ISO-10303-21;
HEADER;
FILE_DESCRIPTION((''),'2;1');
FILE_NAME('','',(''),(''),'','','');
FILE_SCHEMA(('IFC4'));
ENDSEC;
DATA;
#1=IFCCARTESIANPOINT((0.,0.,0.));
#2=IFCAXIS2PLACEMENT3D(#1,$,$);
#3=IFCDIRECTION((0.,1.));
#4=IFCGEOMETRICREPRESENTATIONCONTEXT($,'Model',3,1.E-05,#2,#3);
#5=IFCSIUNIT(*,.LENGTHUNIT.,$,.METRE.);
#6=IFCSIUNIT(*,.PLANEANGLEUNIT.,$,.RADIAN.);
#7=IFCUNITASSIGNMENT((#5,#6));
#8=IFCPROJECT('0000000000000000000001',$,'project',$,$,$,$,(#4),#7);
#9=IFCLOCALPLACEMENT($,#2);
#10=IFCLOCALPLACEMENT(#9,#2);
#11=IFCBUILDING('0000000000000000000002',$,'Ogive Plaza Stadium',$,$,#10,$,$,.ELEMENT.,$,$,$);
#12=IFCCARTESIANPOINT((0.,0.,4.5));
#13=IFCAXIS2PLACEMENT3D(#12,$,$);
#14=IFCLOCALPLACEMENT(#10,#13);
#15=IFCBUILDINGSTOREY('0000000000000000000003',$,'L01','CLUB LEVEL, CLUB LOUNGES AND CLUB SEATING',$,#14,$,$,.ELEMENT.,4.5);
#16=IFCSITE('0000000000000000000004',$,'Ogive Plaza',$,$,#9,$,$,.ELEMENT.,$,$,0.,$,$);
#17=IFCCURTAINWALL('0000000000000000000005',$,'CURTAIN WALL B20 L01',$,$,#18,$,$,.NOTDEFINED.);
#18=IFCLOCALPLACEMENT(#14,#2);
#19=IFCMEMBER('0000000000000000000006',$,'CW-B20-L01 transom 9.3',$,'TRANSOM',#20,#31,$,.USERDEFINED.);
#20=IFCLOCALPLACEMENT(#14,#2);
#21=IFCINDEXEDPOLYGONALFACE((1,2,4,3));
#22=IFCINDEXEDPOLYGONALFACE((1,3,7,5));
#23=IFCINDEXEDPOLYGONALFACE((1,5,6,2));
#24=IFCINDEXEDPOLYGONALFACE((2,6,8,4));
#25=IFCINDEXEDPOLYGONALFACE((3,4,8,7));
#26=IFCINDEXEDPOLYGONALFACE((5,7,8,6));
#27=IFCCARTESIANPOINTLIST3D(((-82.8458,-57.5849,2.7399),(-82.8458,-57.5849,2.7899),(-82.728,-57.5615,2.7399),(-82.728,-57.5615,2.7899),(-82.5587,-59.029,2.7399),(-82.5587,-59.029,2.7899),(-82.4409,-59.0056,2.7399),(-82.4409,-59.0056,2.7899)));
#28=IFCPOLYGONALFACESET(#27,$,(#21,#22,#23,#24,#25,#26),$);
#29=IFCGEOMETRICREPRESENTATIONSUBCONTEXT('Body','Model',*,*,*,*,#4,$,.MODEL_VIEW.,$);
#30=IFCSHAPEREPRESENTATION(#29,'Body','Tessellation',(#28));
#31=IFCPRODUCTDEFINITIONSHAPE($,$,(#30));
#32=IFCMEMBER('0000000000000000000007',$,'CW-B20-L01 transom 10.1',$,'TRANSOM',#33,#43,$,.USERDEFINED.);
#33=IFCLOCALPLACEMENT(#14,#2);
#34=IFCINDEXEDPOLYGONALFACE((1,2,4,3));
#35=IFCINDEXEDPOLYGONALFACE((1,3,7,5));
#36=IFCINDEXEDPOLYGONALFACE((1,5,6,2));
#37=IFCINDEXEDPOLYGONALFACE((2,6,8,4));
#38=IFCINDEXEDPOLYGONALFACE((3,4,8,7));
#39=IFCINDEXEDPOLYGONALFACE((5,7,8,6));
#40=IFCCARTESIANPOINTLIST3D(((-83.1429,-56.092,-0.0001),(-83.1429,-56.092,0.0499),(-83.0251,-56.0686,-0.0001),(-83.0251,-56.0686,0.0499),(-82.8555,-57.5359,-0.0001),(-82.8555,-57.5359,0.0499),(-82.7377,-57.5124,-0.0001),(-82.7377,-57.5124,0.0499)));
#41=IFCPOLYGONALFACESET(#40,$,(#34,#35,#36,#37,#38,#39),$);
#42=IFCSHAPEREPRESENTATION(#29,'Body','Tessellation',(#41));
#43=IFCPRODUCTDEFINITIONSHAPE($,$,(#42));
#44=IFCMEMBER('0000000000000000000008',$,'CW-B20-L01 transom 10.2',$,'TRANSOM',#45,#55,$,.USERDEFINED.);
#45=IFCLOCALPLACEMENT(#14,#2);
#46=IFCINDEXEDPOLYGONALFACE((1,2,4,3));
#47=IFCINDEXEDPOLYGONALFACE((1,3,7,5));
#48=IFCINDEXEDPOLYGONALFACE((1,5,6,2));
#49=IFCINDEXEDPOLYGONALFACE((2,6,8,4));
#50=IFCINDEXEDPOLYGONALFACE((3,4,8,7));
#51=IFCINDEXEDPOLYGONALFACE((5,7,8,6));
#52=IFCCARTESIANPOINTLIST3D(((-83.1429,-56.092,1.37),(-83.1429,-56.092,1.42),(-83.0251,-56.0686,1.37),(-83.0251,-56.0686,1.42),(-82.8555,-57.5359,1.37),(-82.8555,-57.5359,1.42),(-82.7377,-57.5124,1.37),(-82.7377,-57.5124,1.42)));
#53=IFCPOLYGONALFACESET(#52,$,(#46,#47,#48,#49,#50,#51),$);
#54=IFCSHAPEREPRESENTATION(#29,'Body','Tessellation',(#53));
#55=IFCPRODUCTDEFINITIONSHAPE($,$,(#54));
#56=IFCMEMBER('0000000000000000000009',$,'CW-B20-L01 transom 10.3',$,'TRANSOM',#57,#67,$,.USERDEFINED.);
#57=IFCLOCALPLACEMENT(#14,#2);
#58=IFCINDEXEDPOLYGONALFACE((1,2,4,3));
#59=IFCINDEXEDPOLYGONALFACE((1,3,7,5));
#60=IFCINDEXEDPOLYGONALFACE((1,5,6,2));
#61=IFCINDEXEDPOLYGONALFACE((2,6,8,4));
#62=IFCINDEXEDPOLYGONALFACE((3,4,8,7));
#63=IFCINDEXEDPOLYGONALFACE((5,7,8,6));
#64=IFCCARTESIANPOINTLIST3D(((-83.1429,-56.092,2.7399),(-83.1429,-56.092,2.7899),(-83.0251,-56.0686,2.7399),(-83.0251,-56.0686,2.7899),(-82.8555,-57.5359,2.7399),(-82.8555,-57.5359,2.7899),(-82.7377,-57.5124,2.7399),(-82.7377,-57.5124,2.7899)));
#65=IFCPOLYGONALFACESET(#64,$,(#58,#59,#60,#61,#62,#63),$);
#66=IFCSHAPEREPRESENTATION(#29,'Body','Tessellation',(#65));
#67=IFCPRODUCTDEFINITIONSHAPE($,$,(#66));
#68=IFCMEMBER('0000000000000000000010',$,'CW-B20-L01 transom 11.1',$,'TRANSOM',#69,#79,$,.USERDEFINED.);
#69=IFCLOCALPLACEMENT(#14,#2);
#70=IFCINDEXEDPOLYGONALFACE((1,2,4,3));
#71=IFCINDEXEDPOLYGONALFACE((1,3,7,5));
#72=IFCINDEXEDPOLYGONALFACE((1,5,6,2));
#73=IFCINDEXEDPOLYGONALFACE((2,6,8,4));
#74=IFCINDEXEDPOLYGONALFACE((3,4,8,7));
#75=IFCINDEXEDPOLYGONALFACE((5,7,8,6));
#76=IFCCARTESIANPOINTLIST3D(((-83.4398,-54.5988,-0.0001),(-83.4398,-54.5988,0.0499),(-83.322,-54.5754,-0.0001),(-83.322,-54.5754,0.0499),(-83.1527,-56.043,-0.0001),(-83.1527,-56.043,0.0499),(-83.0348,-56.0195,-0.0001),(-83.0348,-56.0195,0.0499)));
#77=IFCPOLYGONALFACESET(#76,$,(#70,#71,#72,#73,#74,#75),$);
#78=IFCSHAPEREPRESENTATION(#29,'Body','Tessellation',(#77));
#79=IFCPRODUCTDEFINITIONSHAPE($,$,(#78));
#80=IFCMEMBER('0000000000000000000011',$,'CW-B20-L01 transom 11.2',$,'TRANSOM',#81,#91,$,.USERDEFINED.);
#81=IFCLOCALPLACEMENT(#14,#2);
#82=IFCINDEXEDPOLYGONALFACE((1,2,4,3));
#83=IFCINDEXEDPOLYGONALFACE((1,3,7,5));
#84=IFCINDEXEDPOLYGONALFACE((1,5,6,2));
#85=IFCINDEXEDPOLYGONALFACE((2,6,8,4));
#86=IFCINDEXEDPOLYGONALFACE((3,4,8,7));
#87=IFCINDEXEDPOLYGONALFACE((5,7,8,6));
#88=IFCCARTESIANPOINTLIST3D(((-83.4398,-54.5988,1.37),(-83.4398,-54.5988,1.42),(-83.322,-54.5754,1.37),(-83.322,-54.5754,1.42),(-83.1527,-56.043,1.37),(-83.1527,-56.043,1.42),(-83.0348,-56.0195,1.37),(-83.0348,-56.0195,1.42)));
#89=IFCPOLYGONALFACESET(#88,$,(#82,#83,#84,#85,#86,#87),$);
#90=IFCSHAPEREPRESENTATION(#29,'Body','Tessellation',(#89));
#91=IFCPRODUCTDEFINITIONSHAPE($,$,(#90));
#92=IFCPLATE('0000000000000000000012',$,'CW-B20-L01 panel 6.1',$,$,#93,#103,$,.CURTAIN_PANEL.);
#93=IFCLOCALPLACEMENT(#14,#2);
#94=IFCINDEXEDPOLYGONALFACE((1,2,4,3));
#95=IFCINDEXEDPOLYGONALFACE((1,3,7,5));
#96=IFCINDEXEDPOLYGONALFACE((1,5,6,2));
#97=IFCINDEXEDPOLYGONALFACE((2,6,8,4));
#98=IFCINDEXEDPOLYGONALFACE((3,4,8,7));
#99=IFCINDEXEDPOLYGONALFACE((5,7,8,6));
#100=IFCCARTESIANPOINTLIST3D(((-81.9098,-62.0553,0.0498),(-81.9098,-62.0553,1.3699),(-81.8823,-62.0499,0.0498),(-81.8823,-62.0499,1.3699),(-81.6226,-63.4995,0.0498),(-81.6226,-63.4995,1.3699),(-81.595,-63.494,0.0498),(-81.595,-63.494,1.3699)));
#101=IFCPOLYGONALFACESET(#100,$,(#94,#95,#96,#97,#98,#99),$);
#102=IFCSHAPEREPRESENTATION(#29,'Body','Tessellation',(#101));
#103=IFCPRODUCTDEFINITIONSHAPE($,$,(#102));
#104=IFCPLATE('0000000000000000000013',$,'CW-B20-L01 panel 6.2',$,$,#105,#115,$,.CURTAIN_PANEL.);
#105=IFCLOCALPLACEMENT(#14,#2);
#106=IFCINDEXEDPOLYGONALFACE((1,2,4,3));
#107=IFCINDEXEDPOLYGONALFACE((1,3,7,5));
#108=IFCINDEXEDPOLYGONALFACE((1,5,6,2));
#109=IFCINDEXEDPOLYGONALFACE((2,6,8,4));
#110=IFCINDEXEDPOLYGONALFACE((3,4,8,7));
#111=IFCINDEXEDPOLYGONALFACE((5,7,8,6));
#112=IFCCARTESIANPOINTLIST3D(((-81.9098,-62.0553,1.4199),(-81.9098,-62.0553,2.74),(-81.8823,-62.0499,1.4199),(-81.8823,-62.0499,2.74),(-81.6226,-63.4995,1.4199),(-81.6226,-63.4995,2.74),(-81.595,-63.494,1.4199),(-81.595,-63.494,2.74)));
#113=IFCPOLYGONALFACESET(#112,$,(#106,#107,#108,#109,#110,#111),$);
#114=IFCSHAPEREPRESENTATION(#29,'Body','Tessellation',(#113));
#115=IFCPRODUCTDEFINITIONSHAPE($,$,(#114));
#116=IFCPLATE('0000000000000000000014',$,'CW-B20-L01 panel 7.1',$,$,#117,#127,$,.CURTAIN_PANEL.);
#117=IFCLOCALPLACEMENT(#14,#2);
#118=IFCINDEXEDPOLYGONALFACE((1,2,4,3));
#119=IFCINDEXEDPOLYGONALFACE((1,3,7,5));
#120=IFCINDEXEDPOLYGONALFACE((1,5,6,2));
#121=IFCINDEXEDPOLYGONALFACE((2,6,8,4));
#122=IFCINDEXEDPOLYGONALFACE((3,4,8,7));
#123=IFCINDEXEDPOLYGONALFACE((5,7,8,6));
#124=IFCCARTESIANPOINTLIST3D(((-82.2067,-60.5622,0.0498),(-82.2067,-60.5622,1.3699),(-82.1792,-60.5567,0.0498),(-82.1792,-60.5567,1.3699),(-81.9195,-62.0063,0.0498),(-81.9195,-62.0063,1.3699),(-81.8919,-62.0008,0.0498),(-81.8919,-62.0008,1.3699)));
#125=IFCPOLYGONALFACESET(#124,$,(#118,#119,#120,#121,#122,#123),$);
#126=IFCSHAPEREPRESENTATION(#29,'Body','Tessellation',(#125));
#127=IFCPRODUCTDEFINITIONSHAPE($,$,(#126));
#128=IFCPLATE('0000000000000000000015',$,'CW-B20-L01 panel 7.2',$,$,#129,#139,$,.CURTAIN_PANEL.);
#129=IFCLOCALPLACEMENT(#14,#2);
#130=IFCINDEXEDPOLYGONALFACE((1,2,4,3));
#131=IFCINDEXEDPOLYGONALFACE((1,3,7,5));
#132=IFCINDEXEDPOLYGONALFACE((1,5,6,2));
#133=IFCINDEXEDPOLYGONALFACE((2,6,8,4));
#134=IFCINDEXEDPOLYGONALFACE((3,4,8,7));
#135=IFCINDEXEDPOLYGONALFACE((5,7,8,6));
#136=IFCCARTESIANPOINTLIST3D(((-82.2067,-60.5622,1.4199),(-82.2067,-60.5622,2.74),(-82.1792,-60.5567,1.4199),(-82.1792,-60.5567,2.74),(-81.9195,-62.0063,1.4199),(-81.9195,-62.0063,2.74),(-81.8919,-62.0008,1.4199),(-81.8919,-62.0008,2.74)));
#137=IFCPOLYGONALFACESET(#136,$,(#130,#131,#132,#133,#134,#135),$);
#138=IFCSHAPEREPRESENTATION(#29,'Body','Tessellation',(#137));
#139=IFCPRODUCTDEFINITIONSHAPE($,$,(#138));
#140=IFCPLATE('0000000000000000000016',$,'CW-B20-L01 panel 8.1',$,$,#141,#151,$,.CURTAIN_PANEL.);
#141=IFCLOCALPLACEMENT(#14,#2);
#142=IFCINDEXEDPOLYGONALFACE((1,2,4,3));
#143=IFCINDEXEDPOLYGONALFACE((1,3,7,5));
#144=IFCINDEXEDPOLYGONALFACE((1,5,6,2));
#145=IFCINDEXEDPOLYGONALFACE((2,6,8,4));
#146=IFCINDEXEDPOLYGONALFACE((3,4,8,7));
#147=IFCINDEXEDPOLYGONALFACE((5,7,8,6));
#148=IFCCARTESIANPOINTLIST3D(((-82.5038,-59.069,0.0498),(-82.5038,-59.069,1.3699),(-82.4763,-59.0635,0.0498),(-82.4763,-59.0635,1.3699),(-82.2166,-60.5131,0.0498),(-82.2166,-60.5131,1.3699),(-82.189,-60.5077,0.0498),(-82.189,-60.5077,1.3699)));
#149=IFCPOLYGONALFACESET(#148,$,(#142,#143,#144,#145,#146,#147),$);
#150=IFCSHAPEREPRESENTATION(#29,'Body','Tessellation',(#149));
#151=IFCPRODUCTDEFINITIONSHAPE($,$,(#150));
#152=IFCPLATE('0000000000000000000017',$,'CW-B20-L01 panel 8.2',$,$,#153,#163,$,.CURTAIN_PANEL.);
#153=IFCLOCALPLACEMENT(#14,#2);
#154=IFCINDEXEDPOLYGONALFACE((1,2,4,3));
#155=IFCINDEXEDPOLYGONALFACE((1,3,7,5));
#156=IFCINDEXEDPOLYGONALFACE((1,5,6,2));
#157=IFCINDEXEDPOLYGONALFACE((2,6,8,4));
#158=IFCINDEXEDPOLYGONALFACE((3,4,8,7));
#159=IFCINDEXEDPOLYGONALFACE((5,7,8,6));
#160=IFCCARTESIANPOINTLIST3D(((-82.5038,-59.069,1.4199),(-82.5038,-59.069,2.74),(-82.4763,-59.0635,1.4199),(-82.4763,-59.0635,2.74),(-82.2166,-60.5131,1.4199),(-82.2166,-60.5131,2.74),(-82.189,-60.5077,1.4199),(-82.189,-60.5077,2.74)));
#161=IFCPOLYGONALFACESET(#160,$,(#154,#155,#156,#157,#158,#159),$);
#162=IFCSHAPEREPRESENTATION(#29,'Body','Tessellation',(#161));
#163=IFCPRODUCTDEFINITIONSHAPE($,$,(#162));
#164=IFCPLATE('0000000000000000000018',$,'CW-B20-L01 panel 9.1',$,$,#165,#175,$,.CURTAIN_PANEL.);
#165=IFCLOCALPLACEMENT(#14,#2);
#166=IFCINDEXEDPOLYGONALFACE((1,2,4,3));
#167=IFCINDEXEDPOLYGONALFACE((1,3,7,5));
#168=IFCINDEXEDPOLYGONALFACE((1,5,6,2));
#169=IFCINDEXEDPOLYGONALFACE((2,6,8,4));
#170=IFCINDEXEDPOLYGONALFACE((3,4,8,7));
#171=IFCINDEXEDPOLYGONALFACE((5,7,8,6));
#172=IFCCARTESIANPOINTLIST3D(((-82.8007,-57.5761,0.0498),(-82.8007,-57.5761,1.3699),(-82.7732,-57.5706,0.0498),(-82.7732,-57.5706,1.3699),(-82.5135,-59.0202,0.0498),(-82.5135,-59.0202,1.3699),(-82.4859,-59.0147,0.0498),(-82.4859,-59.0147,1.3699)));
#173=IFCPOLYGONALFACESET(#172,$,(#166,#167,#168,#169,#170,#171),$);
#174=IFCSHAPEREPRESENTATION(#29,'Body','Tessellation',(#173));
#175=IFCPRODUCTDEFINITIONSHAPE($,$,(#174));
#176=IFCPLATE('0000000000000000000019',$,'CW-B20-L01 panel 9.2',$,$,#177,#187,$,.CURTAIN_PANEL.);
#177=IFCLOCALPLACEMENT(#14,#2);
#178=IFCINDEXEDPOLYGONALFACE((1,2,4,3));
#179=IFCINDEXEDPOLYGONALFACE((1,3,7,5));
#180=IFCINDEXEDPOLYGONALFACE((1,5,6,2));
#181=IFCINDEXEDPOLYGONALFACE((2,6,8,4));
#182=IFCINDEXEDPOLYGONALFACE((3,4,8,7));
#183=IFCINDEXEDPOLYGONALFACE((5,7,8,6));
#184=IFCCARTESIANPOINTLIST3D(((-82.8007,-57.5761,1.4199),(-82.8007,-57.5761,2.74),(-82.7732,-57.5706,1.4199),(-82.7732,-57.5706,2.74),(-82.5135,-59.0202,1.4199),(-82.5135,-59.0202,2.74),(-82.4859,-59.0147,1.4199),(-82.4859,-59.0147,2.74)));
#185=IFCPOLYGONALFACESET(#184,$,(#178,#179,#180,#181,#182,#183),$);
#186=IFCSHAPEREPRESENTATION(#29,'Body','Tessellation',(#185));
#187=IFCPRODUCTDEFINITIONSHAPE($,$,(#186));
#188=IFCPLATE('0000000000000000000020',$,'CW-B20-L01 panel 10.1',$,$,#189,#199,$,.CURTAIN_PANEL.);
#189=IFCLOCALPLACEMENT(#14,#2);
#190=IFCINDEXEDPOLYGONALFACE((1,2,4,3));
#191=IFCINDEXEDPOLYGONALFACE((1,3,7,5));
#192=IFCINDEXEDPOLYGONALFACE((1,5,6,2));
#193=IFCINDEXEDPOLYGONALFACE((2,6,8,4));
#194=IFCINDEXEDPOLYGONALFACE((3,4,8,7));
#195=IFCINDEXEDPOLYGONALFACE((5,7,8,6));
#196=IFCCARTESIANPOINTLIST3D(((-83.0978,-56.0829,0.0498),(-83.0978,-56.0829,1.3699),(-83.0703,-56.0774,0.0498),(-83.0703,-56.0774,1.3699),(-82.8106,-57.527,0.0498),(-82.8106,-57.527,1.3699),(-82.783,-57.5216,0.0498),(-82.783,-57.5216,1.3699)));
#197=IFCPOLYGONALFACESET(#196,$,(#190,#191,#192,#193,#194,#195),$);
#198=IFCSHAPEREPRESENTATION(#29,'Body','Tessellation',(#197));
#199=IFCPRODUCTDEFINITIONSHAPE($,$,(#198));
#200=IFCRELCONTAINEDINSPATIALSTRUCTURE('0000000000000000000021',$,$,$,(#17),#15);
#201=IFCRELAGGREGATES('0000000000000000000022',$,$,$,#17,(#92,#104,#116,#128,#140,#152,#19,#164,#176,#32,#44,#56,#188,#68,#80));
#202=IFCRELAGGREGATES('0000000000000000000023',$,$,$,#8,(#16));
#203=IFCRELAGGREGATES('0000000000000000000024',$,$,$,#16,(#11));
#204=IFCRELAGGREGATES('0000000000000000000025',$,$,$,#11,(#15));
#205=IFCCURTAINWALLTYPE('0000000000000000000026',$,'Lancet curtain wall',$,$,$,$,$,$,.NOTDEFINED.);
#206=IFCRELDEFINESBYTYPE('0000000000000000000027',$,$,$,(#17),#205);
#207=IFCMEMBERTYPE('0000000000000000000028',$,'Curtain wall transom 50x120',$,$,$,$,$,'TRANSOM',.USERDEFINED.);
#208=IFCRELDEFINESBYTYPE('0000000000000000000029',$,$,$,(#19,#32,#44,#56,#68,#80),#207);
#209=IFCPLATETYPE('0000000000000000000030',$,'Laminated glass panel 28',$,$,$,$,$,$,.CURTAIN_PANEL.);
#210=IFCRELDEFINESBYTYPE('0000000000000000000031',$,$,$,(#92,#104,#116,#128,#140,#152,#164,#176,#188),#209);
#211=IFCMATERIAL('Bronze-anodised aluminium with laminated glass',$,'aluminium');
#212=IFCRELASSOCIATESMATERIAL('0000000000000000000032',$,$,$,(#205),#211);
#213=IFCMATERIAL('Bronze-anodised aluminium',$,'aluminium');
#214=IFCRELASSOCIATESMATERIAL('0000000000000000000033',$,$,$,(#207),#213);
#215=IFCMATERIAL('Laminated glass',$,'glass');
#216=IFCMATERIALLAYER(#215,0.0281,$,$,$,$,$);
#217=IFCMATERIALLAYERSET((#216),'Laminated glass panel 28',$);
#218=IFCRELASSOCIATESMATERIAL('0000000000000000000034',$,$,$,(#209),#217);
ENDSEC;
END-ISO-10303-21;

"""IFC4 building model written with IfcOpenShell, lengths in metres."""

from ifc_helpers import new_model, si_unit, direction, frame, origin, origin_2d, place, context, subcontext, project, spatial, rectangle, extrude, material, layer, layer_set, material_profile, profile_set, type_object, element, aggregate, save


model = new_model("IFC4")

# Units and contexts
model_context = context("Model", 3, precision=1e-05, world=origin(), true_north=direction((0.0, 1.0)))
body_context = subcontext(model_context, "Body", "Model", "MODEL_VIEW")
ifc_project = project(units=[si_unit("LENGTHUNIT", "METRE"), si_unit("PLANEANGLEUNIT", "RADIAN")], contexts=[model_context])

# Site, building, storey
site_placement = place(None, origin())
site = spatial("IfcSite", under=ifc_project, at=site_placement, Name="Ogive Plaza", CompositionType="ELEMENT", RefElevation=0.0)
building_placement = place(site_placement, origin())
building = spatial("IfcBuilding", under=site, at=building_placement, Name="Ogive Plaza Stadium", CompositionType="ELEMENT")
storey_placement = place(building_placement, frame((0.0, 0.0, 4.5)))
storey = spatial("IfcBuildingStorey", under=building, at=storey_placement, Name="L01", Description="CLUB LEVEL, CLUB LOUNGES AND CLUB SEATING", CompositionType="ELEMENT", Elevation=4.5)

# Curtain wall, members, plates
ifc_material_1 = material(Name="Bronze-anodised aluminium with laminated glass", Category="aluminium")
curtain_wall_type = type_object("IfcCurtainWallType", Name="Lancet curtain wall", PredefinedType="NOTDEFINED", material=ifc_material_1)
curtain_wall_placement = place(storey_placement, origin())
curtain_wall = element("IfcCurtainWall", 1, at=curtain_wall_placement, inside=storey, type_object=curtain_wall_type, Name="CURTAIN WALL B20 L01", PredefinedType="NOTDEFINED")
ifc_material_2 = material(Name="Bronze-anodised aluminium", Category="aluminium")
ifc_material_profile_1 = material_profile(ifc_material_2, rectangle(XDim=0.1201, YDim=0.05, at=origin_2d()), Name="AL 120x50")
ifc_profile_set_1 = profile_set([ifc_material_profile_1], Name="Bronze-anodised aluminium")
member_type_1 = type_object("IfcMemberType", Name="Curtain wall transom 50x120", ElementType="TRANSOM", PredefinedType="USERDEFINED", material=ifc_profile_set_1)
member_1_placement = place(storey_placement, frame((-82.4998, -59.0173, 2.7649), z_axis=(-0.195, 0.980803, 0.0), x_axis=(-0.980803, -0.195, 0.0)))
member_1 = element("IfcMember", 2, at=member_1_placement, type_object=member_type_1, Name="CW-B20-L01 transom 9.3", ObjectType="TRANSOM", PredefinedType="USERDEFINED", context=body_context, shape_type="SweptSolid", body=[
    extrude(rectangle(XDim=0.1201, YDim=0.05, at=origin_2d()), origin(), (0.0, 0.0, 1.0), 1.4724),
])
member_2_placement = place(storey_placement, frame((-82.7966, -57.5242, 0.0249), z_axis=(-0.195191, 0.980765, 0.0), x_axis=(-0.980765, -0.195191, 0.0)))
member_2 = element("IfcMember", 3, at=member_2_placement, type_object=member_type_1, Name="CW-B20-L01 transom 10.1", ObjectType="TRANSOM", PredefinedType="USERDEFINED", context=body_context, shape_type="SweptSolid", body=[
    extrude(rectangle(XDim=0.1201, YDim=0.05, at=origin_2d()), origin(), (0.0, 0.0, 1.0), 1.4722),
])
member_3_placement = place(storey_placement, frame((-82.7966, -57.5242, 1.395), z_axis=(-0.195191, 0.980765, 0.0), x_axis=(-0.980765, -0.195191, 0.0)))
member_3 = element("IfcMember", 4, at=member_3_placement, type_object=member_type_1, Name="CW-B20-L01 transom 10.2", ObjectType="TRANSOM", PredefinedType="USERDEFINED", context=body_context, shape_type="SweptSolid", body=[
    extrude(rectangle(XDim=0.1201, YDim=0.05, at=origin_2d()), origin(), (0.0, 0.0, 1.0), 1.4722),
])
member_4_placement = place(storey_placement, frame((-82.7966, -57.5242, 2.7649), z_axis=(-0.195191, 0.980765, 0.0), x_axis=(-0.980765, -0.195191, 0.0)))
member_4 = element("IfcMember", 5, at=member_4_placement, type_object=member_type_1, Name="CW-B20-L01 transom 10.3", ObjectType="TRANSOM", PredefinedType="USERDEFINED", context=body_context, shape_type="SweptSolid", body=[
    extrude(rectangle(XDim=0.1201, YDim=0.05, at=origin_2d()), origin(), (0.0, 0.0, 1.0), 1.4722),
])
member_5_placement = place(storey_placement, frame((-83.0938, -56.0312, 0.0249), z_axis=(-0.195, 0.980803, 0.0), x_axis=(-0.980803, -0.195, 0.0)))
member_5 = element("IfcMember", 6, at=member_5_placement, type_object=member_type_1, Name="CW-B20-L01 transom 11.1", ObjectType="TRANSOM", PredefinedType="USERDEFINED", context=body_context, shape_type="SweptSolid", body=[
    extrude(rectangle(XDim=0.1201, YDim=0.05, at=origin_2d()), origin(), (0.0, 0.0, 1.0), 1.4724),
])
member_6_placement = place(storey_placement, frame((-83.0938, -56.0312, 1.395), z_axis=(-0.195, 0.980803, 0.0), x_axis=(-0.980803, -0.195, 0.0)))
member_6 = element("IfcMember", 7, at=member_6_placement, type_object=member_type_1, Name="CW-B20-L01 transom 11.2", ObjectType="TRANSOM", PredefinedType="USERDEFINED", context=body_context, shape_type="SweptSolid", body=[
    extrude(rectangle(XDim=0.1201, YDim=0.05, at=origin_2d()), origin(), (0.0, 0.0, 1.0), 1.4724),
])
ifc_material_3 = material(Name="Laminated glass", Category="glass")
ifc_layer_1 = layer(ifc_material_3, 0.0281)
ifc_layer_set_1 = layer_set([ifc_layer_1], Name="Laminated glass panel 28")
plate_type = type_object("IfcPlateType", Name="Laminated glass panel 28", PredefinedType="CURTAIN_PANEL", material=ifc_layer_set_1)
plate_1_placement = place(storey_placement, frame((-81.7524, -62.7747, 0.0498), z_axis=(0.0, 0.0, 1.0), x_axis=(-0.19509, 0.980785, 0.0)))
plate_1 = element("IfcPlate", 8, at=plate_1_placement, type_object=plate_type, Name="CW-B20-L01 panel 6.1", PredefinedType="CURTAIN_PANEL", context=body_context, shape_type="SweptSolid", body=[
    extrude(rectangle(XDim=1.4724, YDim=0.0281, at=origin_2d()), origin(), (0.0, 0.0, 1.0), 1.3201),
])
plate_2_placement = place(storey_placement, frame((-81.7524, -62.7747, 1.4199), z_axis=(0.0, 0.0, 1.0), x_axis=(-0.19509, 0.980785, 0.0)))
plate_2 = element("IfcPlate", 9, at=plate_2_placement, type_object=plate_type, Name="CW-B20-L01 panel 6.2", PredefinedType="CURTAIN_PANEL", context=body_context, shape_type="SweptSolid", body=[
    extrude(rectangle(XDim=1.4724, YDim=0.0281, at=origin_2d()), origin(), (0.0, 0.0, 1.0), 1.3201),
])
plate_3_placement = place(storey_placement, frame((-82.0493, -61.2815, 0.0498), z_axis=(0.0, 0.0, 1.0), x_axis=(-0.19509, 0.980785, 0.0)))
plate_3 = element("IfcPlate", 10, at=plate_3_placement, type_object=plate_type, Name="CW-B20-L01 panel 7.1", PredefinedType="CURTAIN_PANEL", context=body_context, shape_type="SweptSolid", body=[
    extrude(rectangle(XDim=1.4724, YDim=0.0281, at=origin_2d()), origin(), (0.0, 0.0, 1.0), 1.3201),
])
plate_4_placement = place(storey_placement, frame((-82.0493, -61.2815, 1.4199), z_axis=(0.0, 0.0, 1.0), x_axis=(-0.19509, 0.980785, 0.0)))
plate_4 = element("IfcPlate", 11, at=plate_4_placement, type_object=plate_type, Name="CW-B20-L01 panel 7.2", PredefinedType="CURTAIN_PANEL", context=body_context, shape_type="SweptSolid", body=[
    extrude(rectangle(XDim=1.4724, YDim=0.0281, at=origin_2d()), origin(), (0.0, 0.0, 1.0), 1.3201),
])
plate_5_placement = place(storey_placement, frame((-82.3464, -59.7883, 0.0498), z_axis=(0.0, 0.0, 1.0), x_axis=(-0.19509, 0.980785, 0.0)))
plate_5 = element("IfcPlate", 12, at=plate_5_placement, type_object=plate_type, Name="CW-B20-L01 panel 8.1", PredefinedType="CURTAIN_PANEL", context=body_context, shape_type="SweptSolid", body=[
    extrude(rectangle(XDim=1.4724, YDim=0.0281, at=origin_2d()), origin(), (0.0, 0.0, 1.0), 1.3201),
])
plate_6_placement = place(storey_placement, frame((-82.3464, -59.7883, 1.4199), z_axis=(0.0, 0.0, 1.0), x_axis=(-0.19509, 0.980785, 0.0)))
plate_6 = element("IfcPlate", 13, at=plate_6_placement, type_object=plate_type, Name="CW-B20-L01 panel 8.2", PredefinedType="CURTAIN_PANEL", context=body_context, shape_type="SweptSolid", body=[
    extrude(rectangle(XDim=1.4724, YDim=0.0281, at=origin_2d()), origin(), (0.0, 0.0, 1.0), 1.3201),
])
plate_7_placement = place(storey_placement, frame((-82.6433, -58.2954, 0.0498), z_axis=(0.0, 0.0, 1.0), x_axis=(-0.19509, 0.980785, 0.0)))
plate_7 = element("IfcPlate", 14, at=plate_7_placement, type_object=plate_type, Name="CW-B20-L01 panel 9.1", PredefinedType="CURTAIN_PANEL", context=body_context, shape_type="SweptSolid", body=[
    extrude(rectangle(XDim=1.4724, YDim=0.0281, at=origin_2d()), origin(), (0.0, 0.0, 1.0), 1.3201),
])
plate_8_placement = place(storey_placement, frame((-82.6433, -58.2954, 1.4199), z_axis=(0.0, 0.0, 1.0), x_axis=(-0.19509, 0.980785, 0.0)))
plate_8 = element("IfcPlate", 15, at=plate_8_placement, type_object=plate_type, Name="CW-B20-L01 panel 9.2", PredefinedType="CURTAIN_PANEL", context=body_context, shape_type="SweptSolid", body=[
    extrude(rectangle(XDim=1.4724, YDim=0.0281, at=origin_2d()), origin(), (0.0, 0.0, 1.0), 1.3201),
])
plate_9_placement = place(storey_placement, frame((-82.9404, -56.8022, 0.0498), z_axis=(0.0, 0.0, 1.0), x_axis=(-0.19509, 0.980785, 0.0)))
plate_9 = element("IfcPlate", 16, at=plate_9_placement, type_object=plate_type, Name="CW-B20-L01 panel 10.1", PredefinedType="CURTAIN_PANEL", context=body_context, shape_type="SweptSolid", body=[
    extrude(rectangle(XDim=1.4724, YDim=0.0281, at=origin_2d()), origin(), (0.0, 0.0, 1.0), 1.3201),
])
aggregate(curtain_wall, [plate_1, plate_2, plate_3, plate_4, plate_5, plate_6, member_1, plate_7, plate_8, member_2, member_3, member_4, plate_9, member_5, member_6])

save(model, "model.ifc")
